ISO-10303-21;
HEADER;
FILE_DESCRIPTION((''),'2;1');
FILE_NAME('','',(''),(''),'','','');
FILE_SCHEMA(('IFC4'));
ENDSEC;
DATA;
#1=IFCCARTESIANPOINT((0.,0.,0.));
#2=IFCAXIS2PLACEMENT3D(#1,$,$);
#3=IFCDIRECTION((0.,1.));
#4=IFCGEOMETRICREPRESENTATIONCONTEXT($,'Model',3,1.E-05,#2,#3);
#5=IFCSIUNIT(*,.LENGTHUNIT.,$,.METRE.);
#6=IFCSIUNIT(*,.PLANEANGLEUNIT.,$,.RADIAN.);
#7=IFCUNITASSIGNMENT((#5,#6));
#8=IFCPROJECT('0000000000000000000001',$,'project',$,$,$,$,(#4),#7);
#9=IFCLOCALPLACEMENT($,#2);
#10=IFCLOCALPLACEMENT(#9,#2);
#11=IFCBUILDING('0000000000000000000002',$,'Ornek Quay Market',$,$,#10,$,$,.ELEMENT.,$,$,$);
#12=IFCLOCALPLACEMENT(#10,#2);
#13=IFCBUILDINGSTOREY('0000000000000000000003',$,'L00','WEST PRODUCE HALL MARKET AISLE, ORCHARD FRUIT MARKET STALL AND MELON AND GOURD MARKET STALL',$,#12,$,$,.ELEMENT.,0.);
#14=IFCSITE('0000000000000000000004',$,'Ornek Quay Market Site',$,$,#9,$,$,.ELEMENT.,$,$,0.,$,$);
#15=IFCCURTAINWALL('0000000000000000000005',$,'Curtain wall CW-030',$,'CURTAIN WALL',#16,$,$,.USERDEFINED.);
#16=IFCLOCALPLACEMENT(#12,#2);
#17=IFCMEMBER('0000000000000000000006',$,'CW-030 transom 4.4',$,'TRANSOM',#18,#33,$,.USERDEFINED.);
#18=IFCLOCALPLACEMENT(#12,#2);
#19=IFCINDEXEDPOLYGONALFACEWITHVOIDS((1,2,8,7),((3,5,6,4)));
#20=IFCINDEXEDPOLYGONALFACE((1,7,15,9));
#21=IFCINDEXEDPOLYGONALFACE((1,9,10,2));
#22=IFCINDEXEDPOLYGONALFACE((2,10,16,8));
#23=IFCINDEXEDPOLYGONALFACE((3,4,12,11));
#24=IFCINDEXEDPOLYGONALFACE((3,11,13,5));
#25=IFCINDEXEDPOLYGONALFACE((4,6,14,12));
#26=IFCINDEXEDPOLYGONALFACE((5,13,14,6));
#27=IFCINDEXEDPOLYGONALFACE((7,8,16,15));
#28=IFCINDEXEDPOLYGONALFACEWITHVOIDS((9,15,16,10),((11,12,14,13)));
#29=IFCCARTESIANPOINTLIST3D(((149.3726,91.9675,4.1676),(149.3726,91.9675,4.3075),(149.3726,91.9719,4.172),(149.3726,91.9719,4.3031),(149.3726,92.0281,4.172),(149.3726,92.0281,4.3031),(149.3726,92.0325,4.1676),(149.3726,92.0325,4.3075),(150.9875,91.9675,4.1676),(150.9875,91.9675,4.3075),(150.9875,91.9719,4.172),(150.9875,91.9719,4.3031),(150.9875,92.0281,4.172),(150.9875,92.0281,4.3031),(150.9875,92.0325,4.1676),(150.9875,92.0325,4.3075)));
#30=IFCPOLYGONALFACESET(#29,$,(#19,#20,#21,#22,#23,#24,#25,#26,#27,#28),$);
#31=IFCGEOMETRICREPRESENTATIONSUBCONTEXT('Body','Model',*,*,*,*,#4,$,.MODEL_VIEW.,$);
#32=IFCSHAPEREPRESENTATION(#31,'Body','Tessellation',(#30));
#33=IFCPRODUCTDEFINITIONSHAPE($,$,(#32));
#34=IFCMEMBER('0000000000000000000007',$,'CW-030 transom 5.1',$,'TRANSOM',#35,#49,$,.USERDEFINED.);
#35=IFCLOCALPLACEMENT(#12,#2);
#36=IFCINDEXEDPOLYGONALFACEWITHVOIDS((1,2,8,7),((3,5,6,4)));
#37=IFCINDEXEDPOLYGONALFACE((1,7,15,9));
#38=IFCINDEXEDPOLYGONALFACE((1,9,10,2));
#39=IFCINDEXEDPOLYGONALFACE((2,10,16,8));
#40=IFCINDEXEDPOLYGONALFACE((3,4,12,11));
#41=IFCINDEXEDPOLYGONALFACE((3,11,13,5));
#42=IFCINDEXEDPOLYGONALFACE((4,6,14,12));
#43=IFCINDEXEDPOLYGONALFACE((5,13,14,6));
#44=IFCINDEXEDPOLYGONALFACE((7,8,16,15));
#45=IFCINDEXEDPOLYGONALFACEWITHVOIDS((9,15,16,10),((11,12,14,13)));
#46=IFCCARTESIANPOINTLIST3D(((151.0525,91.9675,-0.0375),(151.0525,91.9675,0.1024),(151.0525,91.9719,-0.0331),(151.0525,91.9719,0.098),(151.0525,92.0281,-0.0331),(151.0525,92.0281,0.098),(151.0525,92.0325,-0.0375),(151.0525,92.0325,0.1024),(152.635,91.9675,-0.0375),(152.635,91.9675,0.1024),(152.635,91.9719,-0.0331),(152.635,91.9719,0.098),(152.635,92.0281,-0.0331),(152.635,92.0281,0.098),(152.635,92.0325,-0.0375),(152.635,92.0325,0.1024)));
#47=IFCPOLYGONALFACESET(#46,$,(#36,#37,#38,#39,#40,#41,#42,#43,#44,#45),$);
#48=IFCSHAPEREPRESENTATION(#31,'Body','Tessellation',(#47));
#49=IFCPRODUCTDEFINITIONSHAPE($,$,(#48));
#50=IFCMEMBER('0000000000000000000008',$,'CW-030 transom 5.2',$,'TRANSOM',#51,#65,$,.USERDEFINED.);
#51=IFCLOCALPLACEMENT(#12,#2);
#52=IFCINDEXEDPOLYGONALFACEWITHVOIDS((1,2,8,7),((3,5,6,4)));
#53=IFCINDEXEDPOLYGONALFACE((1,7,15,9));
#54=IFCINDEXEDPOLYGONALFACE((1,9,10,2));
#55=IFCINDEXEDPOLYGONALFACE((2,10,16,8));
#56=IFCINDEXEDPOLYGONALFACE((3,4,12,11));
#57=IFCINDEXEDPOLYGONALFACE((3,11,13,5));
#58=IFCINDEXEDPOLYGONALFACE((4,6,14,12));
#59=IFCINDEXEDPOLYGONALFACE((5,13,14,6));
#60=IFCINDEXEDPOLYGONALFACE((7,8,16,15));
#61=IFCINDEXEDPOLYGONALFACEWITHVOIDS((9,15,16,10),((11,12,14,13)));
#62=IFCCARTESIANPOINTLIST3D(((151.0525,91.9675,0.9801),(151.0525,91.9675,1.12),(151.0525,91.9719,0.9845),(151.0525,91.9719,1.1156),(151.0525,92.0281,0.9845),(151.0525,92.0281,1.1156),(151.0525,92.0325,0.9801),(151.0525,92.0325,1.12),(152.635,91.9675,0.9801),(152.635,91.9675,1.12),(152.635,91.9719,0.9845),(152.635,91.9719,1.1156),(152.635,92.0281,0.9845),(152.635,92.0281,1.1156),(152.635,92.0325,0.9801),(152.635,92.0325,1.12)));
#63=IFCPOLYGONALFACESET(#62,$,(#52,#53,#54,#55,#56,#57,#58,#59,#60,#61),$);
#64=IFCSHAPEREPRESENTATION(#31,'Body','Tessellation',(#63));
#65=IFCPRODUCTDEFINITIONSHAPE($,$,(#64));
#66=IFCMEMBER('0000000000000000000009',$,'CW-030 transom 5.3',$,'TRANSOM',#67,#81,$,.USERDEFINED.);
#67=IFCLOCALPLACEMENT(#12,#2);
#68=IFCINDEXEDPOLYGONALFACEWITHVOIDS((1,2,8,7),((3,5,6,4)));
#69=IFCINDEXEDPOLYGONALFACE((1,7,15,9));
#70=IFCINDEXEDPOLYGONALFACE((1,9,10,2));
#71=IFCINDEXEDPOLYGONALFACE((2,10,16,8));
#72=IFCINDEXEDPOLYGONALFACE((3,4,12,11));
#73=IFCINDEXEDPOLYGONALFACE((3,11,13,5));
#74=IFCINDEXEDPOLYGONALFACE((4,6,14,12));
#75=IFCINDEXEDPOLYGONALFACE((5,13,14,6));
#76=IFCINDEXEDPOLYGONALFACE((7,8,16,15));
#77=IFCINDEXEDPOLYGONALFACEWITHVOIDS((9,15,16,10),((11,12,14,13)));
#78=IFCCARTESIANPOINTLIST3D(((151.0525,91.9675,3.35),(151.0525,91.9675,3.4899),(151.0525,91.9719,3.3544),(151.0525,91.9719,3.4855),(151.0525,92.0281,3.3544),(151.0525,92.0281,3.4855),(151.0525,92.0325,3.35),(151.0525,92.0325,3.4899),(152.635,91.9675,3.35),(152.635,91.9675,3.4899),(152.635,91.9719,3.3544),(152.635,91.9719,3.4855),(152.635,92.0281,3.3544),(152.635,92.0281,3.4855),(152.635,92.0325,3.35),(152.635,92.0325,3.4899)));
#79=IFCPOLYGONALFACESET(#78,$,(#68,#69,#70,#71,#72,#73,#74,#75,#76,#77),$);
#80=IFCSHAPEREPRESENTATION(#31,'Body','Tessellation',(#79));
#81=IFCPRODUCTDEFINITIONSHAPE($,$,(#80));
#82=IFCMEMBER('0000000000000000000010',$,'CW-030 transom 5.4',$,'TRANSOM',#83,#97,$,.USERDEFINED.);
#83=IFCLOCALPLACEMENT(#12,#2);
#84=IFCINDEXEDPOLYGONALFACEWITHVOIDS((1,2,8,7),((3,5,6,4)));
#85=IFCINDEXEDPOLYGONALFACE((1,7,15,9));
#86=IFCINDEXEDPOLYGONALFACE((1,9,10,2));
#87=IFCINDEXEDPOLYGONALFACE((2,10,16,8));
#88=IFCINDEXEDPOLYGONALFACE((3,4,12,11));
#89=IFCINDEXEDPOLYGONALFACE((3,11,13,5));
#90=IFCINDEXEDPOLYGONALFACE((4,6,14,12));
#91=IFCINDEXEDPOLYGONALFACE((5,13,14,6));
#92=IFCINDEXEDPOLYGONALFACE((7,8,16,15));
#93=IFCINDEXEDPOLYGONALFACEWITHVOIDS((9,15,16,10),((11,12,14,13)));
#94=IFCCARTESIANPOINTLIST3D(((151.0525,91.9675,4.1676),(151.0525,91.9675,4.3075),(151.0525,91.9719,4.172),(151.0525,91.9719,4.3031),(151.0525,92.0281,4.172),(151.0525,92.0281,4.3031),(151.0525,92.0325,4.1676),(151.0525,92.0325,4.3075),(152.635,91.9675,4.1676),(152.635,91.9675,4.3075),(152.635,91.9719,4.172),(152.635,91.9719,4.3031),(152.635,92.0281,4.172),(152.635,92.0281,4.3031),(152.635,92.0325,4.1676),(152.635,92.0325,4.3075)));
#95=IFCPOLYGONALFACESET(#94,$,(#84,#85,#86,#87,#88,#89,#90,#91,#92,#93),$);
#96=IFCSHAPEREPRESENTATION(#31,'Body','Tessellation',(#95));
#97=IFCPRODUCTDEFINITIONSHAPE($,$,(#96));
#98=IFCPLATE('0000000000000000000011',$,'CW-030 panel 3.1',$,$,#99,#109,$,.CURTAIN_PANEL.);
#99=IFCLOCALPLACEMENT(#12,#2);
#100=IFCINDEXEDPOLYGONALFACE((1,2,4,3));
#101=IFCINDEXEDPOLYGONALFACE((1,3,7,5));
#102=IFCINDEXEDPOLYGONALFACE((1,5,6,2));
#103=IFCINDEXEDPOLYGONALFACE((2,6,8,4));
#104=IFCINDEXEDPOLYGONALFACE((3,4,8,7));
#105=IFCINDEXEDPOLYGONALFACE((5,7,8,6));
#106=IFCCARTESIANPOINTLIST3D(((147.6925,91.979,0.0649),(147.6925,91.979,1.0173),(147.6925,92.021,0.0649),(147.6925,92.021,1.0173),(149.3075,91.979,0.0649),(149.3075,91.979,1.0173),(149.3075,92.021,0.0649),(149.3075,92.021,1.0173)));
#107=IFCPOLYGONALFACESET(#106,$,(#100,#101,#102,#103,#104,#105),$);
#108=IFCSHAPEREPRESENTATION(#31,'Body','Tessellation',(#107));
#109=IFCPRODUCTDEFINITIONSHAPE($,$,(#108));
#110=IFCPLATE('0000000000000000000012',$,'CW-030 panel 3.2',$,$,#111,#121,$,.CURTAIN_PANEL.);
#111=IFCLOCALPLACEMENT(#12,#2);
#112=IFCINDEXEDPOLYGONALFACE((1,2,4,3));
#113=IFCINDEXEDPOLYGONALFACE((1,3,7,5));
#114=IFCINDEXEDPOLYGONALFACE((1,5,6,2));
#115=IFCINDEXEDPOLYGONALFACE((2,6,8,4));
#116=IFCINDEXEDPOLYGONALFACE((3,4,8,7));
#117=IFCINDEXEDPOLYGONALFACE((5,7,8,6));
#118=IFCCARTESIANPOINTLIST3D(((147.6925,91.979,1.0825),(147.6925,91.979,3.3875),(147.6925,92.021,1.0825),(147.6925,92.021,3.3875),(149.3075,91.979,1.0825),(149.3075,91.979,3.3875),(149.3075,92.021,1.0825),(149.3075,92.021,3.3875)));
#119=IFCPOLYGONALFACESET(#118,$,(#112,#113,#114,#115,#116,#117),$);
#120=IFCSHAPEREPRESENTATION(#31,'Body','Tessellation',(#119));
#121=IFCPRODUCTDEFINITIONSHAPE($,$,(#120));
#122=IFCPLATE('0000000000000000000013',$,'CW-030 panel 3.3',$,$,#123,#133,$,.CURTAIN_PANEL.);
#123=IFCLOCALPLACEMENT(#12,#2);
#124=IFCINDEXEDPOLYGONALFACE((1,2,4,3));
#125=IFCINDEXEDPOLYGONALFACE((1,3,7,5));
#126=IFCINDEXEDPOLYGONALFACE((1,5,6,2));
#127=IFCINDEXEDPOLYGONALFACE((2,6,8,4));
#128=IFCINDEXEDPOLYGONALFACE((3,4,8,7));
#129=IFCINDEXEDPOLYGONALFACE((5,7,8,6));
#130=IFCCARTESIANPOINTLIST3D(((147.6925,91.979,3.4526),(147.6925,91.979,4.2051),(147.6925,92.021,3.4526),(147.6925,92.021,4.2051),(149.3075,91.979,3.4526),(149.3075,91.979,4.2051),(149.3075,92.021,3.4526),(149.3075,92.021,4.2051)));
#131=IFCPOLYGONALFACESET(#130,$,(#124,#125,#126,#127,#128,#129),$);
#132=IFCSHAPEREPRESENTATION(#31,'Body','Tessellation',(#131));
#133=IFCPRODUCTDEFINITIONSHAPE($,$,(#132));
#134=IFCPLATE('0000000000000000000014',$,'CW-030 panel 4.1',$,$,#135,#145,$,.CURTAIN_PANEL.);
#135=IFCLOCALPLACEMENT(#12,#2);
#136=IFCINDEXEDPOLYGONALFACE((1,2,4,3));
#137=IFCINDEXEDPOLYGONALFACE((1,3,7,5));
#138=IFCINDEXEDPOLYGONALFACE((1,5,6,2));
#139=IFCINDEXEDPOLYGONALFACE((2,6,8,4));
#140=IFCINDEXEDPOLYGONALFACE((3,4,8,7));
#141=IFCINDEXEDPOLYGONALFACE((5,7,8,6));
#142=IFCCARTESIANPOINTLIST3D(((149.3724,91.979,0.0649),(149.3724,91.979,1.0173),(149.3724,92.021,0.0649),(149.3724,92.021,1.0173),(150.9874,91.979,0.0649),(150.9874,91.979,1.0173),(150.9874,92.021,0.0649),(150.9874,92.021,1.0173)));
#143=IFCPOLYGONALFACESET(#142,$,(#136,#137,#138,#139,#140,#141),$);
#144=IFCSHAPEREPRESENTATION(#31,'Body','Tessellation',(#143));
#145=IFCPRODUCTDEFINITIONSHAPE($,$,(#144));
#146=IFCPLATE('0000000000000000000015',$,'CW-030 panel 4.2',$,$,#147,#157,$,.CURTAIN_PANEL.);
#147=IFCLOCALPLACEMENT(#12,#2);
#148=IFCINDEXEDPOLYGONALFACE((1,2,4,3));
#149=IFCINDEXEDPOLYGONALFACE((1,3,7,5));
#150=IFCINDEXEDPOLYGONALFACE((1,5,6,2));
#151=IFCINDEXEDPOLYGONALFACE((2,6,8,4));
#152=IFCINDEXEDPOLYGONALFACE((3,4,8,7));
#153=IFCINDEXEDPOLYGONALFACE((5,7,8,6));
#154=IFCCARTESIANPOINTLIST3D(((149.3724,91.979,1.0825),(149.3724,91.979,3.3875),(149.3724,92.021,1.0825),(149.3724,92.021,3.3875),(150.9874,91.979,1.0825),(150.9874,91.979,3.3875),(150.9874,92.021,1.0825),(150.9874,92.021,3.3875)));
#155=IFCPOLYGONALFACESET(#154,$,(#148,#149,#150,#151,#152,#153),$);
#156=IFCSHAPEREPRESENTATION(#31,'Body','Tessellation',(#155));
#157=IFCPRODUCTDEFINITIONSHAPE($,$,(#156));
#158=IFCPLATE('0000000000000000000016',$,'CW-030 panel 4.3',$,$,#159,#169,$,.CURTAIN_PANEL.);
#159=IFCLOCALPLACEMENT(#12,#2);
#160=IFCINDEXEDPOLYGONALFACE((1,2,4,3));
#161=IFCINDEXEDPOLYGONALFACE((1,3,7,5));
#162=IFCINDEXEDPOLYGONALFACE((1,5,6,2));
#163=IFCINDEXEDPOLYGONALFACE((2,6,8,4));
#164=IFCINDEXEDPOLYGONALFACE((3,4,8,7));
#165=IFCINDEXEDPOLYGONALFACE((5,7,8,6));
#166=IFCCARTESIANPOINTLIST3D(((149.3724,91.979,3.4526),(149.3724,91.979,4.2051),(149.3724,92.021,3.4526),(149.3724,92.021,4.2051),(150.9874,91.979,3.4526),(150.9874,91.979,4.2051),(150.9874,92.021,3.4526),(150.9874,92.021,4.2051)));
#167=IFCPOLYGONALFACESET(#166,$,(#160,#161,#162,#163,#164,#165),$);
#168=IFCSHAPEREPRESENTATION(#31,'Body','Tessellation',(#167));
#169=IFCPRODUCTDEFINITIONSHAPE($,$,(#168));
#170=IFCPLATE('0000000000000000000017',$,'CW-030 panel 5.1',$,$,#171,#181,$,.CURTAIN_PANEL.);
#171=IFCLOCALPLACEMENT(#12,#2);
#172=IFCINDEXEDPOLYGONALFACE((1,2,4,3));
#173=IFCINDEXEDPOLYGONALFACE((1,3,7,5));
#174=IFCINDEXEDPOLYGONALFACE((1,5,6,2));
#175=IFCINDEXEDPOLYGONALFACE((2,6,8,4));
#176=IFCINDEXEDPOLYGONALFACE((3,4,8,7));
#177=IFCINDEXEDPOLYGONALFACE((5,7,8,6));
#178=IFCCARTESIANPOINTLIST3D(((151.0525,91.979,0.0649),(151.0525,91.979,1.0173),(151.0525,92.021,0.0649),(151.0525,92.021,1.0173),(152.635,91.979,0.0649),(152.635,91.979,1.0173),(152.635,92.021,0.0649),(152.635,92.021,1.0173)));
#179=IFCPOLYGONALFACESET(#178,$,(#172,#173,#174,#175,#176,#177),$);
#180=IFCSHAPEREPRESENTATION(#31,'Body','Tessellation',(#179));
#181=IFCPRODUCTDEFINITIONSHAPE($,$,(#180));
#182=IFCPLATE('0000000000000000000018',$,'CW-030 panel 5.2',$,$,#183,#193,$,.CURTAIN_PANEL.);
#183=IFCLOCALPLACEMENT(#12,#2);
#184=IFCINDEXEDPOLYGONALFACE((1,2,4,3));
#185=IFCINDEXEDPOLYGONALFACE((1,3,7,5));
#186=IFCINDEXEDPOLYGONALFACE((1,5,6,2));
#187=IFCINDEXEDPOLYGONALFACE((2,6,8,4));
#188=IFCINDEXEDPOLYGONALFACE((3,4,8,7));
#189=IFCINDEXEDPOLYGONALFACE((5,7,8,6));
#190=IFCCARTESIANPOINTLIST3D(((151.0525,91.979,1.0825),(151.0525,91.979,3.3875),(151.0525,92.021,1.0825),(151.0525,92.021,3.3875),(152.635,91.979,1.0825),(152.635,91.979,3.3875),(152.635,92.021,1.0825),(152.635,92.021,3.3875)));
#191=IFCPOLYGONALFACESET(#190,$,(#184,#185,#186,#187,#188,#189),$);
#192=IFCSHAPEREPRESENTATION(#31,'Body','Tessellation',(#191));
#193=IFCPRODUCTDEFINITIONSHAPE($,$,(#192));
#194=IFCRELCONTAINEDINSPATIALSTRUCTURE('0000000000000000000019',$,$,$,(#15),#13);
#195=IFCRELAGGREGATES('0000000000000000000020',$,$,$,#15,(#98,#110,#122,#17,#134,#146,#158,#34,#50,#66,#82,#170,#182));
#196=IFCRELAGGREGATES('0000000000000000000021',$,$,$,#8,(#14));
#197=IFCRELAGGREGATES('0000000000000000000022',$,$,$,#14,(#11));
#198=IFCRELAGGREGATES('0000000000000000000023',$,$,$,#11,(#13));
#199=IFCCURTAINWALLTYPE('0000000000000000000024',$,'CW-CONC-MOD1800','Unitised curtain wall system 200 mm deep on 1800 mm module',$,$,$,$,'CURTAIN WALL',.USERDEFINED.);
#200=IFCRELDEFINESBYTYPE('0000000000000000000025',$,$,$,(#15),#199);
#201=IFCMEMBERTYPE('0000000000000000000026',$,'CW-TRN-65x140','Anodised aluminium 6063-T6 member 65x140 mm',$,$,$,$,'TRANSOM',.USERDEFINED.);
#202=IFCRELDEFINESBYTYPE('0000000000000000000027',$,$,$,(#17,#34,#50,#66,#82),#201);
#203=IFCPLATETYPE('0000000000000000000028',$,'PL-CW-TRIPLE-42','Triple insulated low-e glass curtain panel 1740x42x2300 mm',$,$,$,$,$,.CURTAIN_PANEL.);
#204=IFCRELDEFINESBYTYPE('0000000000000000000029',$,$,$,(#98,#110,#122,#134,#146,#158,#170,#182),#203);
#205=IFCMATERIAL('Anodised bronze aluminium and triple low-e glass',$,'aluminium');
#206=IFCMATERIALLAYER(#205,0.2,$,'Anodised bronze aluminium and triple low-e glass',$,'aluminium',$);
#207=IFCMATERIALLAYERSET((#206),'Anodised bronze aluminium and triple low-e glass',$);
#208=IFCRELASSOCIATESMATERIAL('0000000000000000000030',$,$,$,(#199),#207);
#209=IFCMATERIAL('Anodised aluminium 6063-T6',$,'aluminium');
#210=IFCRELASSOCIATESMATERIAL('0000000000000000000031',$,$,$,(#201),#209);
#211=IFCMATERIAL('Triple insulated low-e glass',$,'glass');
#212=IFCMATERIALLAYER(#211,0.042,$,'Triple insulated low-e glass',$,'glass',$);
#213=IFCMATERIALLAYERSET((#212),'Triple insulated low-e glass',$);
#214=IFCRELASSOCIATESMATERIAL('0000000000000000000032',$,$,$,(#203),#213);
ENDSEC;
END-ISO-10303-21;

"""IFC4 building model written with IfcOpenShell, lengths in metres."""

from ifc_helpers import new_model, si_unit, direction, frame, origin, origin_2d, place, context, subcontext, project, spatial, rectangle, hollow_rectangle, extrude, material, layer, layer_set, material_profile, profile_set, type_object, element, aggregate, save


model = new_model("IFC4")

# Units and contexts
model_context = context("Model", 3, precision=1e-05, world=origin(), true_north=direction((0.0, 1.0)))
body_context = subcontext(model_context, "Body", "Model", "MODEL_VIEW")
ifc_project = project(units=[si_unit("LENGTHUNIT", "METRE"), si_unit("PLANEANGLEUNIT", "RADIAN")], contexts=[model_context])

# Site, building, storey
site_placement = place(None, origin())
site = spatial("IfcSite", under=ifc_project, at=site_placement, Name="Ornek Quay Market Site", CompositionType="ELEMENT", RefElevation=0.0)
building_placement = place(site_placement, origin())
building = spatial("IfcBuilding", under=site, at=building_placement, Name="Ornek Quay Market", CompositionType="ELEMENT")
storey_placement = place(building_placement, origin())
storey = spatial("IfcBuildingStorey", under=building, at=storey_placement, Name="L00", Description="WEST PRODUCE HALL MARKET AISLE, ORCHARD FRUIT MARKET STALL AND MELON AND GOURD MARKET STALL", CompositionType="ELEMENT", Elevation=0.0)

# Curtain wall, members, plates
ifc_material_1 = material(Name="Anodised bronze aluminium and triple low-e glass", Category="aluminium")
ifc_layer_1 = layer(ifc_material_1, 0.2, Name="Anodised bronze aluminium and triple low-e glass", Category="aluminium")
ifc_layer_set_1 = layer_set([ifc_layer_1], Name="Anodised bronze aluminium and triple low-e glass")
curtain_wall_type = type_object("IfcCurtainWallType", Name="CW-CONC-MOD1800", Description="Unitised curtain wall system 200 mm deep on 1800 mm module", ElementType="CURTAIN WALL", PredefinedType="USERDEFINED", material=ifc_layer_set_1)
curtain_wall_placement = place(storey_placement, origin())
curtain_wall = element("IfcCurtainWall", 1, at=curtain_wall_placement, inside=storey, type_object=curtain_wall_type, Name="Curtain wall CW-030", ObjectType="CURTAIN WALL", PredefinedType="USERDEFINED")
ifc_material_2 = material(Name="Anodised aluminium 6063-T6", Category="aluminium")
ifc_material_profile_1 = material_profile(ifc_material_2, hollow_rectangle(XDim=0.0649, YDim=0.1399, WallThickness=0.0044, at=origin_2d()), Name="CW-TRN-65x140", Category="aluminium")
ifc_profile_set_1 = profile_set([ifc_material_profile_1], Name="Anodised aluminium 6063-T6")
member_type_1 = type_object("IfcMemberType", Name="CW-TRN-65x140", Description="Anodised aluminium 6063-T6 member 65x140 mm", ElementType="TRANSOM", PredefinedType="USERDEFINED", material=ifc_profile_set_1)
member_1_placement = place(storey_placement, frame((149.3726, 92.0, 4.2375), z_axis=(1.0, 0.0, 0.0), x_axis=(0.0, 1.0, 0.0)))
member_1 = element("IfcMember", 2, at=member_1_placement, type_object=member_type_1, Name="CW-030 transom 4.4", ObjectType="TRANSOM", PredefinedType="USERDEFINED", context=body_context, shape_type="SweptSolid", body=[
    extrude(hollow_rectangle(XDim=0.0649, YDim=0.1399, WallThickness=0.0044, at=origin_2d()), origin(), (0.0, 0.0, 1.0), 1.615),
])
member_2_placement = place(storey_placement, frame((151.0525, 92.0, 0.0325), z_axis=(1.0, 0.0, 0.0), x_axis=(0.0, 1.0, 0.0)))
member_2 = element("IfcMember", 3, at=member_2_placement, type_object=member_type_1, Name="CW-030 transom 5.1", ObjectType="TRANSOM", PredefinedType="USERDEFINED", context=body_context, shape_type="SweptSolid", body=[
    extrude(hollow_rectangle(XDim=0.0649, YDim=0.1399, WallThickness=0.0044, at=origin_2d()), origin(), (0.0, 0.0, 1.0), 1.5825),
])
member_3_placement = place(storey_placement, frame((151.0525, 92.0, 1.05), z_axis=(1.0, 0.0, 0.0), x_axis=(0.0, 1.0, 0.0)))
member_3 = element("IfcMember", 4, at=member_3_placement, type_object=member_type_1, Name="CW-030 transom 5.2", ObjectType="TRANSOM", PredefinedType="USERDEFINED", context=body_context, shape_type="SweptSolid", body=[
    extrude(hollow_rectangle(XDim=0.0649, YDim=0.1399, WallThickness=0.0044, at=origin_2d()), origin(), (0.0, 0.0, 1.0), 1.5825),
])
member_4_placement = place(storey_placement, frame((151.0525, 92.0, 3.4199), z_axis=(1.0, 0.0, 0.0), x_axis=(0.0, 1.0, 0.0)))
member_4 = element("IfcMember", 5, at=member_4_placement, type_object=member_type_1, Name="CW-030 transom 5.3", ObjectType="TRANSOM", PredefinedType="USERDEFINED", context=body_context, shape_type="SweptSolid", body=[
    extrude(hollow_rectangle(XDim=0.0649, YDim=0.1399, WallThickness=0.0044, at=origin_2d()), origin(), (0.0, 0.0, 1.0), 1.5825),
])
member_5_placement = place(storey_placement, frame((151.0525, 92.0, 4.2375), z_axis=(1.0, 0.0, 0.0), x_axis=(0.0, 1.0, 0.0)))
member_5 = element("IfcMember", 6, at=member_5_placement, type_object=member_type_1, Name="CW-030 transom 5.4", ObjectType="TRANSOM", PredefinedType="USERDEFINED", context=body_context, shape_type="SweptSolid", body=[
    extrude(hollow_rectangle(XDim=0.0649, YDim=0.1399, WallThickness=0.0044, at=origin_2d()), origin(), (0.0, 0.0, 1.0), 1.5825),
])
ifc_material_3 = material(Name="Triple insulated low-e glass", Category="glass")
ifc_layer_2 = layer(ifc_material_3, 0.042, Name="Triple insulated low-e glass", Category="glass")
ifc_layer_set_2 = layer_set([ifc_layer_2], Name="Triple insulated low-e glass")
plate_type = type_object("IfcPlateType", Name="PL-CW-TRIPLE-42", Description="Triple insulated low-e glass curtain panel 1740x42x2300 mm", PredefinedType="CURTAIN_PANEL", material=ifc_layer_set_2)
plate_1_placement = place(storey_placement, frame((148.5, 92.0, 0.0649), z_axis=(0.0, 0.0, 1.0), x_axis=(1.0, 0.0, 0.0)))
plate_1 = element("IfcPlate", 7, at=plate_1_placement, type_object=plate_type, Name="CW-030 panel 3.1", PredefinedType="CURTAIN_PANEL", context=body_context, shape_type="SweptSolid", body=[
    extrude(rectangle(XDim=1.615, YDim=0.042, at=origin_2d()), origin(), (0.0, 0.0, 1.0), 0.9524),
])
plate_2_placement = place(storey_placement, frame((148.5, 92.0, 1.0825), z_axis=(0.0, 0.0, 1.0), x_axis=(1.0, 0.0, 0.0)))
plate_2 = element("IfcPlate", 8, at=plate_2_placement, type_object=plate_type, Name="CW-030 panel 3.2", PredefinedType="CURTAIN_PANEL", context=body_context, shape_type="SweptSolid", body=[
    extrude(rectangle(XDim=1.615, YDim=0.042, at=origin_2d()), origin(), (0.0, 0.0, 1.0), 2.3049),
])
plate_3_placement = place(storey_placement, frame((148.5, 92.0, 3.4526), z_axis=(0.0, 0.0, 1.0), x_axis=(1.0, 0.0, 0.0)))
plate_3 = element("IfcPlate", 9, at=plate_3_placement, type_object=plate_type, Name="CW-030 panel 3.3", PredefinedType="CURTAIN_PANEL", context=body_context, shape_type="SweptSolid", body=[
    extrude(rectangle(XDim=1.615, YDim=0.042, at=origin_2d()), origin(), (0.0, 0.0, 1.0), 0.7524),
])
plate_4_placement = place(storey_placement, frame((150.1799, 92.0, 0.0649), z_axis=(0.0, 0.0, 1.0), x_axis=(1.0, 0.0, 0.0)))
plate_4 = element("IfcPlate", 10, at=plate_4_placement, type_object=plate_type, Name="CW-030 panel 4.1", PredefinedType="CURTAIN_PANEL", context=body_context, shape_type="SweptSolid", body=[
    extrude(rectangle(XDim=1.615, YDim=0.042, at=origin_2d()), origin(), (0.0, 0.0, 1.0), 0.9524),
])
plate_5_placement = place(storey_placement, frame((150.1799, 92.0, 1.0825), z_axis=(0.0, 0.0, 1.0), x_axis=(1.0, 0.0, 0.0)))
plate_5 = element("IfcPlate", 11, at=plate_5_placement, type_object=plate_type, Name="CW-030 panel 4.2", PredefinedType="CURTAIN_PANEL", context=body_context, shape_type="SweptSolid", body=[
    extrude(rectangle(XDim=1.615, YDim=0.042, at=origin_2d()), origin(), (0.0, 0.0, 1.0), 2.3049),
])
plate_6_placement = place(storey_placement, frame((150.1799, 92.0, 3.4526), z_axis=(0.0, 0.0, 1.0), x_axis=(1.0, 0.0, 0.0)))
plate_6 = element("IfcPlate", 12, at=plate_6_placement, type_object=plate_type, Name="CW-030 panel 4.3", PredefinedType="CURTAIN_PANEL", context=body_context, shape_type="SweptSolid", body=[
    extrude(rectangle(XDim=1.615, YDim=0.042, at=origin_2d()), origin(), (0.0, 0.0, 1.0), 0.7524),
])
plate_7_placement = place(storey_placement, frame((151.8438, 92.0, 0.0649), z_axis=(0.0, 0.0, 1.0), x_axis=(1.0, 0.0, 0.0)))
plate_7 = element("IfcPlate", 13, at=plate_7_placement, type_object=plate_type, Name="CW-030 panel 5.1", PredefinedType="CURTAIN_PANEL", context=body_context, shape_type="SweptSolid", body=[
    extrude(rectangle(XDim=1.5825, YDim=0.042, at=origin_2d()), origin(), (0.0, 0.0, 1.0), 0.9524),
])
plate_8_placement = place(storey_placement, frame((151.8438, 92.0, 1.0825), z_axis=(0.0, 0.0, 1.0), x_axis=(1.0, 0.0, 0.0)))
plate_8 = element("IfcPlate", 14, at=plate_8_placement, type_object=plate_type, Name="CW-030 panel 5.2", PredefinedType="CURTAIN_PANEL", context=body_context, shape_type="SweptSolid", body=[
    extrude(rectangle(XDim=1.5825, YDim=0.042, at=origin_2d()), origin(), (0.0, 0.0, 1.0), 2.3049),
])
aggregate(curtain_wall, [plate_1, plate_2, plate_3, member_1, plate_4, plate_5, plate_6, member_2, member_3, member_4, member_5, plate_7, plate_8])

save(model, "model.ifc")
